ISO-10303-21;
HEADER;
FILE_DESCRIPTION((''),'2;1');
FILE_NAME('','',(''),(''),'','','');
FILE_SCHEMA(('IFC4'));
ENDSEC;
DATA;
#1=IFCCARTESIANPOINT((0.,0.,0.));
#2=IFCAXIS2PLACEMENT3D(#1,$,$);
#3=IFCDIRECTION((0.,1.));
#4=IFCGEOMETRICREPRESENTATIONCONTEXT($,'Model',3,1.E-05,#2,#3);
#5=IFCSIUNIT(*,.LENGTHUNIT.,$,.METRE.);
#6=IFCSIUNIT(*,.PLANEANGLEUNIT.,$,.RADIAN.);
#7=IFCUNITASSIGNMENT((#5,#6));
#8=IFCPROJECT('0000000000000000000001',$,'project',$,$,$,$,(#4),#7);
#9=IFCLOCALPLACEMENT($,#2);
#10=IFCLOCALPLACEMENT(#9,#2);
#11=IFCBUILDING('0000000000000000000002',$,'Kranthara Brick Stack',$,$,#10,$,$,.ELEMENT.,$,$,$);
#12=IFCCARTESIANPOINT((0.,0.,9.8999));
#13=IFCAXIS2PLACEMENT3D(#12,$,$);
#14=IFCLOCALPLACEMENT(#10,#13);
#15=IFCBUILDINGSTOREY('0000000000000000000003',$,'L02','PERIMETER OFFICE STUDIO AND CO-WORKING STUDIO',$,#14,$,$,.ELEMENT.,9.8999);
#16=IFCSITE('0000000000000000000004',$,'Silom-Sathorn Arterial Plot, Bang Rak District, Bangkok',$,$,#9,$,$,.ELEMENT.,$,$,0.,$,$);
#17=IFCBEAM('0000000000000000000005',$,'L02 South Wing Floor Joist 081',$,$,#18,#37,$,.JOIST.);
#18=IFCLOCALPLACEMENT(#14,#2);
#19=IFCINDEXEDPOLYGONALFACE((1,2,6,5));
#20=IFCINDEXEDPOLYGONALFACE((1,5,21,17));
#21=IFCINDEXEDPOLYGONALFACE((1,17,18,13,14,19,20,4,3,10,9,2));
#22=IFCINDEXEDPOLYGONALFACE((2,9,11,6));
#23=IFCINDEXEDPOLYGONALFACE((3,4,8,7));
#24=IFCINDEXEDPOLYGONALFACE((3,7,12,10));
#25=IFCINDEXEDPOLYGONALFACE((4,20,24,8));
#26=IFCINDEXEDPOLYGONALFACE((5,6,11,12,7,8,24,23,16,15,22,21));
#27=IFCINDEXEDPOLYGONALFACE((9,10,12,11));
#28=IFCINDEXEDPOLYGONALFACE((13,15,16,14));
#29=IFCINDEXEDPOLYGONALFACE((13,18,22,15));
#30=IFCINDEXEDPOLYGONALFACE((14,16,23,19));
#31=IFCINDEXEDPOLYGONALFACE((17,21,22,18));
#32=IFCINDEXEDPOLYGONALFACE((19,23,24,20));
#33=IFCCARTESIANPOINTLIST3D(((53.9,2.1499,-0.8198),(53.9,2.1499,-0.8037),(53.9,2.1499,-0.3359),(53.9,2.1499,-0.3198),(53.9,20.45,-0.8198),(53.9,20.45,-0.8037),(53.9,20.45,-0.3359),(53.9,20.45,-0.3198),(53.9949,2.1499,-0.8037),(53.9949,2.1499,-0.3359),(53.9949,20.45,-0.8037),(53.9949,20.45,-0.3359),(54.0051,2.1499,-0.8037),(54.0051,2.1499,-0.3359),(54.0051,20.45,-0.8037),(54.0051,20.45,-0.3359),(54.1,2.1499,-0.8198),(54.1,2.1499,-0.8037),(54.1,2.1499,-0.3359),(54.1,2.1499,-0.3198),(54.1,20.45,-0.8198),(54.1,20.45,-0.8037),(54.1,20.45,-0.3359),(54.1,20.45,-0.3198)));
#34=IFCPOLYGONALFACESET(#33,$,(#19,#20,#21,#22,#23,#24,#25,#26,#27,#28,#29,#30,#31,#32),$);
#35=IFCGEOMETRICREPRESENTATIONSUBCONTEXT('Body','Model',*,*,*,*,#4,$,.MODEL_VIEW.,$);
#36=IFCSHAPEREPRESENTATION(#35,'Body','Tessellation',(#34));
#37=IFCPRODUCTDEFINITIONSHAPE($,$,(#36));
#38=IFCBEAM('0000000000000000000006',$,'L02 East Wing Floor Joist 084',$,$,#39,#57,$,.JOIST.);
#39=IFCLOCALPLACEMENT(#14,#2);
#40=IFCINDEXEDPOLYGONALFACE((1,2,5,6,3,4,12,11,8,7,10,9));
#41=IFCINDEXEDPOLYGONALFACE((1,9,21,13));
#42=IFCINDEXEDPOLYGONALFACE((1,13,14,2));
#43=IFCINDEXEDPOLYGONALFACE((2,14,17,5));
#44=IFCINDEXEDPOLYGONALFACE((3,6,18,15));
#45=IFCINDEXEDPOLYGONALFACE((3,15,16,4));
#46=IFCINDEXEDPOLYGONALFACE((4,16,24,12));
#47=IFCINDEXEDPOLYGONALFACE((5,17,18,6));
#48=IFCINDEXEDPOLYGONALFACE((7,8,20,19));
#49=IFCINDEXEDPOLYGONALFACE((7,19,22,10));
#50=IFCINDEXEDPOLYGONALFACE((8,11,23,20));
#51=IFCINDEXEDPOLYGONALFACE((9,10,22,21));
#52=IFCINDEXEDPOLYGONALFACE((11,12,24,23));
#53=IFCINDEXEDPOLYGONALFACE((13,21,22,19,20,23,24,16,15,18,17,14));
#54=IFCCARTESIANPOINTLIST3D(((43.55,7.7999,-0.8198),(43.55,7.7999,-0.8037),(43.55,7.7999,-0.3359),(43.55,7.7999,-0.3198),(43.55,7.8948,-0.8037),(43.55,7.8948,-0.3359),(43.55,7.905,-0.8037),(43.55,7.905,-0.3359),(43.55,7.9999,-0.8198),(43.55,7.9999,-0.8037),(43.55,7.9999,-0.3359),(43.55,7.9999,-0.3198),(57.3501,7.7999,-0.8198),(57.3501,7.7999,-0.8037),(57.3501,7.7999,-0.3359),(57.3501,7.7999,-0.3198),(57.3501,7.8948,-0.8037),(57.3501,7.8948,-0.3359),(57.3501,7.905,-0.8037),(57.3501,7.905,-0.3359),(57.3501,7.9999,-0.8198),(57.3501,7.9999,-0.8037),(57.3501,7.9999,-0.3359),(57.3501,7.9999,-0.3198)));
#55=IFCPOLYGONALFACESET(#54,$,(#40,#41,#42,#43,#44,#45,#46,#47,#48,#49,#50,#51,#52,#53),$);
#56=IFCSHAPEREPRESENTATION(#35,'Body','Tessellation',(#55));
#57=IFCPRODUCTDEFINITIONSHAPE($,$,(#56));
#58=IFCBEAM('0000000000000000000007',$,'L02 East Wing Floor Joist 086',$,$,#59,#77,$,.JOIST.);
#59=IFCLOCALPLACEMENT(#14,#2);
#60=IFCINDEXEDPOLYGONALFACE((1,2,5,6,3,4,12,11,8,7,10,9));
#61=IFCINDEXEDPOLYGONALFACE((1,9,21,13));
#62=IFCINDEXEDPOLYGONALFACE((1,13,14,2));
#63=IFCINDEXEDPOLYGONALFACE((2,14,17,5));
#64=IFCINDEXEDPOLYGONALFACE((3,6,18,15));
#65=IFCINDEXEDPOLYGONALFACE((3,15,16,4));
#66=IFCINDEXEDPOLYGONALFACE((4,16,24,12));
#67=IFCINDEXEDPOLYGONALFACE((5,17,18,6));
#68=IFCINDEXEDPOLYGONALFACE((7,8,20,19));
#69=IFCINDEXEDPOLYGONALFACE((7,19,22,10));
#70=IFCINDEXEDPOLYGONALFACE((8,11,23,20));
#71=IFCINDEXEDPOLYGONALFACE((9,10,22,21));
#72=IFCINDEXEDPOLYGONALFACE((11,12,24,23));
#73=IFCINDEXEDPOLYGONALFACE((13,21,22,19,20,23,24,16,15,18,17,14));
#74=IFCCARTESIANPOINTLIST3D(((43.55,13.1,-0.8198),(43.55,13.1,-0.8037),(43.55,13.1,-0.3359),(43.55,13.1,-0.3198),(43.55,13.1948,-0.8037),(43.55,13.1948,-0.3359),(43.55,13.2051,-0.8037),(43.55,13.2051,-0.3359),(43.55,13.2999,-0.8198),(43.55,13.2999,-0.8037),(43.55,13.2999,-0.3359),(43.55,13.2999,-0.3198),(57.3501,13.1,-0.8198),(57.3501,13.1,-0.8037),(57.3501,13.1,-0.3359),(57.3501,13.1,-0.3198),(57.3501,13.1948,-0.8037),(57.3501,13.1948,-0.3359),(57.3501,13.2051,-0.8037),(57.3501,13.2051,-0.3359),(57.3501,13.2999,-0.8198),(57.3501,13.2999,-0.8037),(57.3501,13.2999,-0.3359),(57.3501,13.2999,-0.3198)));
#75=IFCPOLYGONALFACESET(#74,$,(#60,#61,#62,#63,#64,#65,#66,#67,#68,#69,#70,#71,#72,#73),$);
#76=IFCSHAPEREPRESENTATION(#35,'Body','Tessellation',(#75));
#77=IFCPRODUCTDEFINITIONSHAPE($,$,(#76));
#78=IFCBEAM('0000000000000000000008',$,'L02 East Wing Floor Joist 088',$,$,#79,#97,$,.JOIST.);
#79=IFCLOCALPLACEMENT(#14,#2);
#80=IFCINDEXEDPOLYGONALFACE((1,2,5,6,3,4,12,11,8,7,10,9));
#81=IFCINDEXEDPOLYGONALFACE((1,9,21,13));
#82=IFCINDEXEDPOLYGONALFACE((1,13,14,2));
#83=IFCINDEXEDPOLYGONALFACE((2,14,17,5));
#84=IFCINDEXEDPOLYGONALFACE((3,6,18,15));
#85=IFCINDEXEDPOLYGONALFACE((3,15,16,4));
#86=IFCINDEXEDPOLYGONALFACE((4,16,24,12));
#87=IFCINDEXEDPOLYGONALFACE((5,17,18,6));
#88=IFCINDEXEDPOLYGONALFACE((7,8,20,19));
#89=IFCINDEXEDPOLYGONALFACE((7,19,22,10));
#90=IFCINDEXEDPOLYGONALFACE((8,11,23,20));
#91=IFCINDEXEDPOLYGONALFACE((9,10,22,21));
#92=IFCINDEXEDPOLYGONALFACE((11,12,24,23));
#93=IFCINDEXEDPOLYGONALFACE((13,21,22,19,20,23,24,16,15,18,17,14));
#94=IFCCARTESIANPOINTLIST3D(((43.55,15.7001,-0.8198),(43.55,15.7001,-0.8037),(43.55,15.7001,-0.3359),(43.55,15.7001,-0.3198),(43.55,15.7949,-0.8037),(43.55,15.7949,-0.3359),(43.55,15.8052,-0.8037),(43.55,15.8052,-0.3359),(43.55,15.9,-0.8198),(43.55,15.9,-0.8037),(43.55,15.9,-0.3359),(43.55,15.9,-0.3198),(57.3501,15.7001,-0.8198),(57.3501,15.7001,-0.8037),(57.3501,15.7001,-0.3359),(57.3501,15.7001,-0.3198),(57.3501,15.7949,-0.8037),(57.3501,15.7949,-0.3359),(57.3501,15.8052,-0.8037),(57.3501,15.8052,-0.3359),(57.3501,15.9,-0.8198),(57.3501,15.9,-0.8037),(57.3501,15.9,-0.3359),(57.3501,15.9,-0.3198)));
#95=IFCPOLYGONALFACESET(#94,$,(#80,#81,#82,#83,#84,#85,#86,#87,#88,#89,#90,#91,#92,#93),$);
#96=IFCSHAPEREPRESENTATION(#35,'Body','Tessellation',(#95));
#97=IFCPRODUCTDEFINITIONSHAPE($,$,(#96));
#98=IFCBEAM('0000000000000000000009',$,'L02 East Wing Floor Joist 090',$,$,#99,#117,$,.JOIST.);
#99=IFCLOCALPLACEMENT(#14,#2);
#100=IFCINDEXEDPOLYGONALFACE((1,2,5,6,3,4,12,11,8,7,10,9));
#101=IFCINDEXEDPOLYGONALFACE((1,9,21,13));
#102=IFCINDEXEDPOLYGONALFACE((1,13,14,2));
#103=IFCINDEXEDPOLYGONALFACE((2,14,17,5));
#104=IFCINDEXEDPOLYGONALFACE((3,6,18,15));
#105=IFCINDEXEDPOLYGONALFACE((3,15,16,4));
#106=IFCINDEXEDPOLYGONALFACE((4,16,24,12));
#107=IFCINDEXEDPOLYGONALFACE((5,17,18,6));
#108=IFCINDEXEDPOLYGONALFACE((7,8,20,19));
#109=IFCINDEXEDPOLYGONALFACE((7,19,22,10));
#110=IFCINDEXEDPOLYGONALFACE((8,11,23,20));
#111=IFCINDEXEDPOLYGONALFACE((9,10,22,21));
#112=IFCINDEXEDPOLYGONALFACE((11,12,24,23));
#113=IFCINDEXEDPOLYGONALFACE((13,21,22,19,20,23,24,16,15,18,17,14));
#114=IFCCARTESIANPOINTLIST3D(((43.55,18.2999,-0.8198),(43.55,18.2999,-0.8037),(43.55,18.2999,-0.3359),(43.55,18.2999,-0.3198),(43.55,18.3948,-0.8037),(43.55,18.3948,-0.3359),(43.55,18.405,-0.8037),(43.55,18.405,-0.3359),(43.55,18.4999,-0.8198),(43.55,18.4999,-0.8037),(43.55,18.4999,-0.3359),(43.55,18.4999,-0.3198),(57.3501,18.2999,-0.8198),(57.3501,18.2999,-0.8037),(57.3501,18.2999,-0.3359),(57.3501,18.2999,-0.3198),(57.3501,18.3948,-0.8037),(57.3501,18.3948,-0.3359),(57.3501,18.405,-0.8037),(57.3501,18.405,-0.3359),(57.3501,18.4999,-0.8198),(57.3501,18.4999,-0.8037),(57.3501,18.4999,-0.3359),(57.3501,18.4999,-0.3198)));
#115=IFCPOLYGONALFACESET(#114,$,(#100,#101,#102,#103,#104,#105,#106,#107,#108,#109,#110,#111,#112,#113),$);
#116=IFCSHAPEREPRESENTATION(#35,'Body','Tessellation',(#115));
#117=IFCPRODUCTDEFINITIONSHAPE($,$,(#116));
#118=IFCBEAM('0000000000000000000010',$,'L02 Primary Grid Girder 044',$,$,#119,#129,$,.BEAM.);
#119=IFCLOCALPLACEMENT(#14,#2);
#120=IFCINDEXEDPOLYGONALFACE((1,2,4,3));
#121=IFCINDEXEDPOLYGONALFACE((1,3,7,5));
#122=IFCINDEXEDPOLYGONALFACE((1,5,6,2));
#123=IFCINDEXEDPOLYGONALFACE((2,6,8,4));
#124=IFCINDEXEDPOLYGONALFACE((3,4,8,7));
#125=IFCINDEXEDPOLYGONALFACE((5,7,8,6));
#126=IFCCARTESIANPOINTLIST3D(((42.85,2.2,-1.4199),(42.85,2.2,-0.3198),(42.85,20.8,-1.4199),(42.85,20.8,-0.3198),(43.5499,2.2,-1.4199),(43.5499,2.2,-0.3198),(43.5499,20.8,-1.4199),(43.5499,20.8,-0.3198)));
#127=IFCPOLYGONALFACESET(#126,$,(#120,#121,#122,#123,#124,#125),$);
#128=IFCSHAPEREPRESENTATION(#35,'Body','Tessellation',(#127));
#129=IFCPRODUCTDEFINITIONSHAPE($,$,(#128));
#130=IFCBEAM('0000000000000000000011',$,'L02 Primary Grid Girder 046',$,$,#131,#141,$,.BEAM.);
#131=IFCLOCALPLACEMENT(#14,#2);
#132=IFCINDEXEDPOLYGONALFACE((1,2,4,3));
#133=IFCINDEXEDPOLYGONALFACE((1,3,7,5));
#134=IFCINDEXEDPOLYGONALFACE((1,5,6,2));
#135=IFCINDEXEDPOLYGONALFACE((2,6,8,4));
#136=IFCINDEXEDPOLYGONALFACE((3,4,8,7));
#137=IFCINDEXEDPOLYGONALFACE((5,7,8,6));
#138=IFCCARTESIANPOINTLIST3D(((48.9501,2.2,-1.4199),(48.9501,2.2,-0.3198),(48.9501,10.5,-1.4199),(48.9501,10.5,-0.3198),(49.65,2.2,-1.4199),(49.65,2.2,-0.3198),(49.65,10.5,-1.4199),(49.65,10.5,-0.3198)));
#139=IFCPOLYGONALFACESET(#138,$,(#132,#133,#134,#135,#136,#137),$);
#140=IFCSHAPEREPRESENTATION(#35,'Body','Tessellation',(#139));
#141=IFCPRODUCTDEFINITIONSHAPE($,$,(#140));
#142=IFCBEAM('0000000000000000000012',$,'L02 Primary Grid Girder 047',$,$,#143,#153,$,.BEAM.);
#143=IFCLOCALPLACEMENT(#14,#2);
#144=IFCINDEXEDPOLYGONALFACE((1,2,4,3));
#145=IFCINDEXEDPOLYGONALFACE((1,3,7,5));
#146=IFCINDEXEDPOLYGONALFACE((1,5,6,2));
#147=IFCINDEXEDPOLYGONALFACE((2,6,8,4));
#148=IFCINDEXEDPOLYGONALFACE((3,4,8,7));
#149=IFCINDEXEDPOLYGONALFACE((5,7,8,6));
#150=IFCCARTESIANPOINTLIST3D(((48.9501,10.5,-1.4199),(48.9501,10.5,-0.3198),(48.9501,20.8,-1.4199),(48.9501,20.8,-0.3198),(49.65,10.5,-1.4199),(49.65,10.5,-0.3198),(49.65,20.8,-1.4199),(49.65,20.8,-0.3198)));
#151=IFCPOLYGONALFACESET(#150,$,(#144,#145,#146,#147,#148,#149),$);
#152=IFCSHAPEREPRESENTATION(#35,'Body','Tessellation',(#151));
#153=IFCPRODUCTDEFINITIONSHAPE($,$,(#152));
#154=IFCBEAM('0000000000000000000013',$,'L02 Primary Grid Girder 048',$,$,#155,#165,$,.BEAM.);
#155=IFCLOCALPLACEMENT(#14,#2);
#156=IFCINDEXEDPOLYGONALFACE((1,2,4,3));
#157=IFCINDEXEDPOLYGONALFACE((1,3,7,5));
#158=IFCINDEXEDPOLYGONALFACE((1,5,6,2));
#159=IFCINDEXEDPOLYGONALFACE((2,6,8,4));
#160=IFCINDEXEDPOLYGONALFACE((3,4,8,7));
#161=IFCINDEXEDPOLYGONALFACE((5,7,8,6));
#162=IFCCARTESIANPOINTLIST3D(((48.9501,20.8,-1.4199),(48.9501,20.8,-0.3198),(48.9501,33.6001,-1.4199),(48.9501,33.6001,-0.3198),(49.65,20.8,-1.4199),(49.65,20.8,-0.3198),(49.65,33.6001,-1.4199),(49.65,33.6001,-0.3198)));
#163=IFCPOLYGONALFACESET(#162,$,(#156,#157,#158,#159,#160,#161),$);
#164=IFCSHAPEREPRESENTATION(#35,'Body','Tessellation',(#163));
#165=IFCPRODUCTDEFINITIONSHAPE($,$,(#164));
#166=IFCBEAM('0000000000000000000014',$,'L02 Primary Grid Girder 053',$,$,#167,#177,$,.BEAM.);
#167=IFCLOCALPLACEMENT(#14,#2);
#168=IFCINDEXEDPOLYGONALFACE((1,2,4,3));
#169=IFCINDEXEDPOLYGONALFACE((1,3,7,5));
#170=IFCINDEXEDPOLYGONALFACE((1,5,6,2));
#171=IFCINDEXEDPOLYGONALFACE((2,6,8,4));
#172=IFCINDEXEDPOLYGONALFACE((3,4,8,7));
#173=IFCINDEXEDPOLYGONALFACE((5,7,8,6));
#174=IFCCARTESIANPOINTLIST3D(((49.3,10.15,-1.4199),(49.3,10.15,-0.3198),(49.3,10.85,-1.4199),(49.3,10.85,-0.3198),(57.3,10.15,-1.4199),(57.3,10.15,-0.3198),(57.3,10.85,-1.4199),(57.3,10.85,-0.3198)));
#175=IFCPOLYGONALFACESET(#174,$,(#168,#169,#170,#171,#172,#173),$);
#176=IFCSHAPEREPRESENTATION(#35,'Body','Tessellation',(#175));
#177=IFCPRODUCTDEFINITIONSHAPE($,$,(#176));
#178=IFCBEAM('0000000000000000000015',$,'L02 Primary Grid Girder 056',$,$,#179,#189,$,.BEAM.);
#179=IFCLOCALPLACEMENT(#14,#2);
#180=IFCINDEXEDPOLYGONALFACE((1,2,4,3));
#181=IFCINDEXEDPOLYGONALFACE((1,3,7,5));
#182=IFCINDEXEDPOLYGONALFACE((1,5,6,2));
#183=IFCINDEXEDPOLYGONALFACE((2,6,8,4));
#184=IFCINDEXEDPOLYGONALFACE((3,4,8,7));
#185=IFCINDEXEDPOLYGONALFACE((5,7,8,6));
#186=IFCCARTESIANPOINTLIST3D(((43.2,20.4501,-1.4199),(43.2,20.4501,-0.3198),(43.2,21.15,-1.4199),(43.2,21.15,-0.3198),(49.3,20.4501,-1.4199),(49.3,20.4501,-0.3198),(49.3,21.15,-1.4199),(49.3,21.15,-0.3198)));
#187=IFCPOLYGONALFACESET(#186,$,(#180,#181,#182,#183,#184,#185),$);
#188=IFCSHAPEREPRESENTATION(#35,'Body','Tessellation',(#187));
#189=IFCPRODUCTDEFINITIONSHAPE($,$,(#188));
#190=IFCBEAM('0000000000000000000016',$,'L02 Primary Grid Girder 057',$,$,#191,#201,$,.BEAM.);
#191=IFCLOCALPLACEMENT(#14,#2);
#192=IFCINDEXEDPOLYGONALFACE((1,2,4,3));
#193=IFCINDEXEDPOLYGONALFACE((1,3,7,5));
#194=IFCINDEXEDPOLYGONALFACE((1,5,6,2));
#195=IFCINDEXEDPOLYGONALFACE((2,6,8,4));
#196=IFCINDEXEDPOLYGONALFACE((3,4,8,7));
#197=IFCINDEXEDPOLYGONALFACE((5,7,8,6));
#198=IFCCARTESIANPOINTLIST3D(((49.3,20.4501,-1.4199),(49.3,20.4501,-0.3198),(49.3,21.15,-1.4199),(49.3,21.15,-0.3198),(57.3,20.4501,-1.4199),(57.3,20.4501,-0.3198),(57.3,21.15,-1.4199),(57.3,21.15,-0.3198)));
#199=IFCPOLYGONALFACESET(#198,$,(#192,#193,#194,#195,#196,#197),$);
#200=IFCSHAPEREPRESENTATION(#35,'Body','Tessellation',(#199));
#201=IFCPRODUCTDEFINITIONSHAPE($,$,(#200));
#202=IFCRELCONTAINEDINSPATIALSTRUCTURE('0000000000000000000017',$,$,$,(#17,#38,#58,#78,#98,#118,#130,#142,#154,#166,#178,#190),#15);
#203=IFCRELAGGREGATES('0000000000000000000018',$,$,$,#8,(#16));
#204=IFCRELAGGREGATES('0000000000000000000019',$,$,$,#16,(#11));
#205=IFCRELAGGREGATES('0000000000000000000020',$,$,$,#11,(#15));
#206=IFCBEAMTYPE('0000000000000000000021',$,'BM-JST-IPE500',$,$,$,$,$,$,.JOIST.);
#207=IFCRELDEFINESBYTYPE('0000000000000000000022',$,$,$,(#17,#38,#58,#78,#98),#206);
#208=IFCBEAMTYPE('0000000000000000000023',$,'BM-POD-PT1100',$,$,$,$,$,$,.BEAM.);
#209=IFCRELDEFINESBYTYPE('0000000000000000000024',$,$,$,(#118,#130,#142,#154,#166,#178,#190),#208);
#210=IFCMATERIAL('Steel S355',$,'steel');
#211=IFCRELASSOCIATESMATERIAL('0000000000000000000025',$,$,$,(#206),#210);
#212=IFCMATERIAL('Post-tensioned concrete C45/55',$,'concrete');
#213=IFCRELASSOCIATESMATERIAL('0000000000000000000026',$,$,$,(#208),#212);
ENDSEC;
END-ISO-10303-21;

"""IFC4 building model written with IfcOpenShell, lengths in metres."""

from ifc_helpers import new_model, si_unit, direction, frame, origin, origin_2d, place, context, subcontext, project, spatial, rectangle, i_section, extrude, material, material_profile, profile_set, type_object, element, save


model = new_model("IFC4")

# Units and contexts
model_context = context("Model", 3, precision=1e-05, world=origin(), true_north=direction((0.0, 1.0)))
body_context = subcontext(model_context, "Body", "Model", "MODEL_VIEW")
ifc_project = project(units=[si_unit("LENGTHUNIT", "METRE"), si_unit("PLANEANGLEUNIT", "RADIAN")], contexts=[model_context])

# Site, building, storey
site_placement = place(None, origin())
site = spatial("IfcSite", under=ifc_project, at=site_placement, Name="Silom-Sathorn Arterial Plot, Bang Rak District, Bangkok", CompositionType="ELEMENT", RefElevation=0.0)
building_placement = place(site_placement, origin())
building = spatial("IfcBuilding", under=site, at=building_placement, Name="Kranthara Brick Stack", CompositionType="ELEMENT")
storey_placement = place(building_placement, frame((0.0, 0.0, 9.8999)))
storey = spatial("IfcBuildingStorey", under=building, at=storey_placement, Name="L02", Description="PERIMETER OFFICE STUDIO AND CO-WORKING STUDIO", CompositionType="ELEMENT", Elevation=9.8999)

# Beams
ifc_material_1 = material(Name="Steel S355", Category="steel")
ifc_material_profile_1 = material_profile(ifc_material_1, i_section(OverallWidth=0.2, OverallDepth=0.5, WebThickness=0.0103, FlangeThickness=0.0161, at=origin_2d()), Name="IPE 500")
ifc_profile_set_1 = profile_set([ifc_material_profile_1], Name="Steel S355")
beam_type_1 = type_object("IfcBeamType", Name="BM-JST-IPE500", PredefinedType="JOIST", material=ifc_profile_set_1)
for number, where, z_axis, x_axis, name in (
    (1, (54.0, 2.1499, -0.5698), (0.0, 1.0, 0.0), (-1.0, 0.0, 0.0), "L02 South Wing Floor Joist 081"),
):
    element("IfcBeam", number, at=place(storey_placement, frame(where, z_axis=z_axis, x_axis=x_axis)), inside=storey, type_object=beam_type_1, Name=name, PredefinedType="JOIST", context=body_context, shape_type="SweptSolid", body=[
        extrude(i_section(OverallWidth=0.2, OverallDepth=0.5, WebThickness=0.0103, FlangeThickness=0.0161, at=origin_2d()), origin(), (0.0, 0.0, 1.0), 18.3),
    ])
for number, where, z_axis, x_axis, name in (
    (2, (43.55, 7.8999, -0.5698), (1.0, 0.0, 0.0), (0.0, 1.0, 0.0), "L02 East Wing Floor Joist 084"),
    (3, (43.55, 13.2, -0.5698), (1.0, 0.0, 0.0), (0.0, 1.0, 0.0), "L02 East Wing Floor Joist 086"),
    (4, (43.55, 15.8, -0.5698), (1.0, 0.0, 0.0), (0.0, 1.0, 0.0), "L02 East Wing Floor Joist 088"),
    (5, (43.55, 18.3999, -0.5698), (1.0, 0.0, 0.0), (0.0, 1.0, 0.0), "L02 East Wing Floor Joist 090"),
):
    element("IfcBeam", number, at=place(storey_placement, frame(where, z_axis=z_axis, x_axis=x_axis)), inside=storey, type_object=beam_type_1, Name=name, PredefinedType="JOIST", context=body_context, shape_type="SweptSolid", body=[
        extrude(i_section(OverallWidth=0.2, OverallDepth=0.5, WebThickness=0.0103, FlangeThickness=0.0161, at=origin_2d()), origin(), (0.0, 0.0, 1.0), 13.8),
    ])
ifc_material_2 = material(Name="Post-tensioned concrete C45/55", Category="concrete")
ifc_material_profile_2 = material_profile(ifc_material_2, rectangle(XDim=0.7, YDim=1.1001, at=origin_2d()), Name="PT 700x1100")
ifc_profile_set_2 = profile_set([ifc_material_profile_2], Name="Post-tensioned concrete C45/55")
beam_type_2 = type_object("IfcBeamType", Name="BM-POD-PT1100", PredefinedType="BEAM", material=ifc_profile_set_2)
beam_1_placement = place(storey_placement, frame((43.2, 2.2, -0.8699), z_axis=(0.0, 1.0, 0.0), x_axis=(-1.0, 0.0, 0.0)))
element("IfcBeam", 6, at=beam_1_placement, inside=storey, type_object=beam_type_2, Name="L02 Primary Grid Girder 044", PredefinedType="BEAM", context=body_context, shape_type="SweptSolid", body=[
    extrude(rectangle(XDim=0.7, YDim=1.1001, at=origin_2d()), origin(), (0.0, 0.0, 1.0), 18.6001),
])
beam_2_placement = place(storey_placement, frame((49.3, 2.2, -0.8699), z_axis=(0.0, 1.0, 0.0), x_axis=(-1.0, 0.0, 0.0)))
element("IfcBeam", 7, at=beam_2_placement, inside=storey, type_object=beam_type_2, Name="L02 Primary Grid Girder 046", PredefinedType="BEAM", context=body_context, shape_type="SweptSolid", body=[
    extrude(rectangle(XDim=0.7, YDim=1.1001, at=origin_2d()), origin(), (0.0, 0.0, 1.0), 8.3),
])
beam_3_placement = place(storey_placement, frame((49.3, 10.5, -0.8699), z_axis=(0.0, 1.0, 0.0), x_axis=(-1.0, 0.0, 0.0)))
element("IfcBeam", 8, at=beam_3_placement, inside=storey, type_object=beam_type_2, Name="L02 Primary Grid Girder 047", PredefinedType="BEAM", context=body_context, shape_type="SweptSolid", body=[
    extrude(rectangle(XDim=0.7, YDim=1.1001, at=origin_2d()), origin(), (0.0, 0.0, 1.0), 10.3),
])
beam_4_placement = place(storey_placement, frame((49.3, 20.8, -0.8699), z_axis=(0.0, 1.0, 0.0), x_axis=(-1.0, 0.0, 0.0)))
element("IfcBeam", 9, at=beam_4_placement, inside=storey, type_object=beam_type_2, Name="L02 Primary Grid Girder 048", PredefinedType="BEAM", context=body_context, shape_type="SweptSolid", body=[
    extrude(rectangle(XDim=0.7, YDim=1.1001, at=origin_2d()), origin(), (0.0, 0.0, 1.0), 12.8),
])
beam_5_placement = place(storey_placement, frame((49.3, 10.5, -0.8699), z_axis=(1.0, 0.0, 0.0), x_axis=(0.0, 1.0, 0.0)))
element("IfcBeam", 10, at=beam_5_placement, inside=storey, type_object=beam_type_2, Name="L02 Primary Grid Girder 053", PredefinedType="BEAM", context=body_context, shape_type="SweptSolid", body=[
    extrude(rectangle(XDim=0.7, YDim=1.1001, at=origin_2d()), origin(), (0.0, 0.0, 1.0), 8.0),
])
beam_6_placement = place(storey_placement, frame((43.2, 20.8, -0.8699), z_axis=(1.0, 0.0, 0.0), x_axis=(0.0, 1.0, 0.0)))
element("IfcBeam", 11, at=beam_6_placement, inside=storey, type_object=beam_type_2, Name="L02 Primary Grid Girder 056", PredefinedType="BEAM", context=body_context, shape_type="SweptSolid", body=[
    extrude(rectangle(XDim=0.7, YDim=1.1001, at=origin_2d()), origin(), (0.0, 0.0, 1.0), 6.1001),
])
beam_7_placement = place(storey_placement, frame((49.3, 20.8, -0.8699), z_axis=(1.0, 0.0, 0.0), x_axis=(0.0, 1.0, 0.0)))
element("IfcBeam", 12, at=beam_7_placement, inside=storey, type_object=beam_type_2, Name="L02 Primary Grid Girder 057", PredefinedType="BEAM", context=body_context, shape_type="SweptSolid", body=[
    extrude(rectangle(XDim=0.7, YDim=1.1001, at=origin_2d()), origin(), (0.0, 0.0, 1.0), 8.0),
])

save(model, "model.ifc")
